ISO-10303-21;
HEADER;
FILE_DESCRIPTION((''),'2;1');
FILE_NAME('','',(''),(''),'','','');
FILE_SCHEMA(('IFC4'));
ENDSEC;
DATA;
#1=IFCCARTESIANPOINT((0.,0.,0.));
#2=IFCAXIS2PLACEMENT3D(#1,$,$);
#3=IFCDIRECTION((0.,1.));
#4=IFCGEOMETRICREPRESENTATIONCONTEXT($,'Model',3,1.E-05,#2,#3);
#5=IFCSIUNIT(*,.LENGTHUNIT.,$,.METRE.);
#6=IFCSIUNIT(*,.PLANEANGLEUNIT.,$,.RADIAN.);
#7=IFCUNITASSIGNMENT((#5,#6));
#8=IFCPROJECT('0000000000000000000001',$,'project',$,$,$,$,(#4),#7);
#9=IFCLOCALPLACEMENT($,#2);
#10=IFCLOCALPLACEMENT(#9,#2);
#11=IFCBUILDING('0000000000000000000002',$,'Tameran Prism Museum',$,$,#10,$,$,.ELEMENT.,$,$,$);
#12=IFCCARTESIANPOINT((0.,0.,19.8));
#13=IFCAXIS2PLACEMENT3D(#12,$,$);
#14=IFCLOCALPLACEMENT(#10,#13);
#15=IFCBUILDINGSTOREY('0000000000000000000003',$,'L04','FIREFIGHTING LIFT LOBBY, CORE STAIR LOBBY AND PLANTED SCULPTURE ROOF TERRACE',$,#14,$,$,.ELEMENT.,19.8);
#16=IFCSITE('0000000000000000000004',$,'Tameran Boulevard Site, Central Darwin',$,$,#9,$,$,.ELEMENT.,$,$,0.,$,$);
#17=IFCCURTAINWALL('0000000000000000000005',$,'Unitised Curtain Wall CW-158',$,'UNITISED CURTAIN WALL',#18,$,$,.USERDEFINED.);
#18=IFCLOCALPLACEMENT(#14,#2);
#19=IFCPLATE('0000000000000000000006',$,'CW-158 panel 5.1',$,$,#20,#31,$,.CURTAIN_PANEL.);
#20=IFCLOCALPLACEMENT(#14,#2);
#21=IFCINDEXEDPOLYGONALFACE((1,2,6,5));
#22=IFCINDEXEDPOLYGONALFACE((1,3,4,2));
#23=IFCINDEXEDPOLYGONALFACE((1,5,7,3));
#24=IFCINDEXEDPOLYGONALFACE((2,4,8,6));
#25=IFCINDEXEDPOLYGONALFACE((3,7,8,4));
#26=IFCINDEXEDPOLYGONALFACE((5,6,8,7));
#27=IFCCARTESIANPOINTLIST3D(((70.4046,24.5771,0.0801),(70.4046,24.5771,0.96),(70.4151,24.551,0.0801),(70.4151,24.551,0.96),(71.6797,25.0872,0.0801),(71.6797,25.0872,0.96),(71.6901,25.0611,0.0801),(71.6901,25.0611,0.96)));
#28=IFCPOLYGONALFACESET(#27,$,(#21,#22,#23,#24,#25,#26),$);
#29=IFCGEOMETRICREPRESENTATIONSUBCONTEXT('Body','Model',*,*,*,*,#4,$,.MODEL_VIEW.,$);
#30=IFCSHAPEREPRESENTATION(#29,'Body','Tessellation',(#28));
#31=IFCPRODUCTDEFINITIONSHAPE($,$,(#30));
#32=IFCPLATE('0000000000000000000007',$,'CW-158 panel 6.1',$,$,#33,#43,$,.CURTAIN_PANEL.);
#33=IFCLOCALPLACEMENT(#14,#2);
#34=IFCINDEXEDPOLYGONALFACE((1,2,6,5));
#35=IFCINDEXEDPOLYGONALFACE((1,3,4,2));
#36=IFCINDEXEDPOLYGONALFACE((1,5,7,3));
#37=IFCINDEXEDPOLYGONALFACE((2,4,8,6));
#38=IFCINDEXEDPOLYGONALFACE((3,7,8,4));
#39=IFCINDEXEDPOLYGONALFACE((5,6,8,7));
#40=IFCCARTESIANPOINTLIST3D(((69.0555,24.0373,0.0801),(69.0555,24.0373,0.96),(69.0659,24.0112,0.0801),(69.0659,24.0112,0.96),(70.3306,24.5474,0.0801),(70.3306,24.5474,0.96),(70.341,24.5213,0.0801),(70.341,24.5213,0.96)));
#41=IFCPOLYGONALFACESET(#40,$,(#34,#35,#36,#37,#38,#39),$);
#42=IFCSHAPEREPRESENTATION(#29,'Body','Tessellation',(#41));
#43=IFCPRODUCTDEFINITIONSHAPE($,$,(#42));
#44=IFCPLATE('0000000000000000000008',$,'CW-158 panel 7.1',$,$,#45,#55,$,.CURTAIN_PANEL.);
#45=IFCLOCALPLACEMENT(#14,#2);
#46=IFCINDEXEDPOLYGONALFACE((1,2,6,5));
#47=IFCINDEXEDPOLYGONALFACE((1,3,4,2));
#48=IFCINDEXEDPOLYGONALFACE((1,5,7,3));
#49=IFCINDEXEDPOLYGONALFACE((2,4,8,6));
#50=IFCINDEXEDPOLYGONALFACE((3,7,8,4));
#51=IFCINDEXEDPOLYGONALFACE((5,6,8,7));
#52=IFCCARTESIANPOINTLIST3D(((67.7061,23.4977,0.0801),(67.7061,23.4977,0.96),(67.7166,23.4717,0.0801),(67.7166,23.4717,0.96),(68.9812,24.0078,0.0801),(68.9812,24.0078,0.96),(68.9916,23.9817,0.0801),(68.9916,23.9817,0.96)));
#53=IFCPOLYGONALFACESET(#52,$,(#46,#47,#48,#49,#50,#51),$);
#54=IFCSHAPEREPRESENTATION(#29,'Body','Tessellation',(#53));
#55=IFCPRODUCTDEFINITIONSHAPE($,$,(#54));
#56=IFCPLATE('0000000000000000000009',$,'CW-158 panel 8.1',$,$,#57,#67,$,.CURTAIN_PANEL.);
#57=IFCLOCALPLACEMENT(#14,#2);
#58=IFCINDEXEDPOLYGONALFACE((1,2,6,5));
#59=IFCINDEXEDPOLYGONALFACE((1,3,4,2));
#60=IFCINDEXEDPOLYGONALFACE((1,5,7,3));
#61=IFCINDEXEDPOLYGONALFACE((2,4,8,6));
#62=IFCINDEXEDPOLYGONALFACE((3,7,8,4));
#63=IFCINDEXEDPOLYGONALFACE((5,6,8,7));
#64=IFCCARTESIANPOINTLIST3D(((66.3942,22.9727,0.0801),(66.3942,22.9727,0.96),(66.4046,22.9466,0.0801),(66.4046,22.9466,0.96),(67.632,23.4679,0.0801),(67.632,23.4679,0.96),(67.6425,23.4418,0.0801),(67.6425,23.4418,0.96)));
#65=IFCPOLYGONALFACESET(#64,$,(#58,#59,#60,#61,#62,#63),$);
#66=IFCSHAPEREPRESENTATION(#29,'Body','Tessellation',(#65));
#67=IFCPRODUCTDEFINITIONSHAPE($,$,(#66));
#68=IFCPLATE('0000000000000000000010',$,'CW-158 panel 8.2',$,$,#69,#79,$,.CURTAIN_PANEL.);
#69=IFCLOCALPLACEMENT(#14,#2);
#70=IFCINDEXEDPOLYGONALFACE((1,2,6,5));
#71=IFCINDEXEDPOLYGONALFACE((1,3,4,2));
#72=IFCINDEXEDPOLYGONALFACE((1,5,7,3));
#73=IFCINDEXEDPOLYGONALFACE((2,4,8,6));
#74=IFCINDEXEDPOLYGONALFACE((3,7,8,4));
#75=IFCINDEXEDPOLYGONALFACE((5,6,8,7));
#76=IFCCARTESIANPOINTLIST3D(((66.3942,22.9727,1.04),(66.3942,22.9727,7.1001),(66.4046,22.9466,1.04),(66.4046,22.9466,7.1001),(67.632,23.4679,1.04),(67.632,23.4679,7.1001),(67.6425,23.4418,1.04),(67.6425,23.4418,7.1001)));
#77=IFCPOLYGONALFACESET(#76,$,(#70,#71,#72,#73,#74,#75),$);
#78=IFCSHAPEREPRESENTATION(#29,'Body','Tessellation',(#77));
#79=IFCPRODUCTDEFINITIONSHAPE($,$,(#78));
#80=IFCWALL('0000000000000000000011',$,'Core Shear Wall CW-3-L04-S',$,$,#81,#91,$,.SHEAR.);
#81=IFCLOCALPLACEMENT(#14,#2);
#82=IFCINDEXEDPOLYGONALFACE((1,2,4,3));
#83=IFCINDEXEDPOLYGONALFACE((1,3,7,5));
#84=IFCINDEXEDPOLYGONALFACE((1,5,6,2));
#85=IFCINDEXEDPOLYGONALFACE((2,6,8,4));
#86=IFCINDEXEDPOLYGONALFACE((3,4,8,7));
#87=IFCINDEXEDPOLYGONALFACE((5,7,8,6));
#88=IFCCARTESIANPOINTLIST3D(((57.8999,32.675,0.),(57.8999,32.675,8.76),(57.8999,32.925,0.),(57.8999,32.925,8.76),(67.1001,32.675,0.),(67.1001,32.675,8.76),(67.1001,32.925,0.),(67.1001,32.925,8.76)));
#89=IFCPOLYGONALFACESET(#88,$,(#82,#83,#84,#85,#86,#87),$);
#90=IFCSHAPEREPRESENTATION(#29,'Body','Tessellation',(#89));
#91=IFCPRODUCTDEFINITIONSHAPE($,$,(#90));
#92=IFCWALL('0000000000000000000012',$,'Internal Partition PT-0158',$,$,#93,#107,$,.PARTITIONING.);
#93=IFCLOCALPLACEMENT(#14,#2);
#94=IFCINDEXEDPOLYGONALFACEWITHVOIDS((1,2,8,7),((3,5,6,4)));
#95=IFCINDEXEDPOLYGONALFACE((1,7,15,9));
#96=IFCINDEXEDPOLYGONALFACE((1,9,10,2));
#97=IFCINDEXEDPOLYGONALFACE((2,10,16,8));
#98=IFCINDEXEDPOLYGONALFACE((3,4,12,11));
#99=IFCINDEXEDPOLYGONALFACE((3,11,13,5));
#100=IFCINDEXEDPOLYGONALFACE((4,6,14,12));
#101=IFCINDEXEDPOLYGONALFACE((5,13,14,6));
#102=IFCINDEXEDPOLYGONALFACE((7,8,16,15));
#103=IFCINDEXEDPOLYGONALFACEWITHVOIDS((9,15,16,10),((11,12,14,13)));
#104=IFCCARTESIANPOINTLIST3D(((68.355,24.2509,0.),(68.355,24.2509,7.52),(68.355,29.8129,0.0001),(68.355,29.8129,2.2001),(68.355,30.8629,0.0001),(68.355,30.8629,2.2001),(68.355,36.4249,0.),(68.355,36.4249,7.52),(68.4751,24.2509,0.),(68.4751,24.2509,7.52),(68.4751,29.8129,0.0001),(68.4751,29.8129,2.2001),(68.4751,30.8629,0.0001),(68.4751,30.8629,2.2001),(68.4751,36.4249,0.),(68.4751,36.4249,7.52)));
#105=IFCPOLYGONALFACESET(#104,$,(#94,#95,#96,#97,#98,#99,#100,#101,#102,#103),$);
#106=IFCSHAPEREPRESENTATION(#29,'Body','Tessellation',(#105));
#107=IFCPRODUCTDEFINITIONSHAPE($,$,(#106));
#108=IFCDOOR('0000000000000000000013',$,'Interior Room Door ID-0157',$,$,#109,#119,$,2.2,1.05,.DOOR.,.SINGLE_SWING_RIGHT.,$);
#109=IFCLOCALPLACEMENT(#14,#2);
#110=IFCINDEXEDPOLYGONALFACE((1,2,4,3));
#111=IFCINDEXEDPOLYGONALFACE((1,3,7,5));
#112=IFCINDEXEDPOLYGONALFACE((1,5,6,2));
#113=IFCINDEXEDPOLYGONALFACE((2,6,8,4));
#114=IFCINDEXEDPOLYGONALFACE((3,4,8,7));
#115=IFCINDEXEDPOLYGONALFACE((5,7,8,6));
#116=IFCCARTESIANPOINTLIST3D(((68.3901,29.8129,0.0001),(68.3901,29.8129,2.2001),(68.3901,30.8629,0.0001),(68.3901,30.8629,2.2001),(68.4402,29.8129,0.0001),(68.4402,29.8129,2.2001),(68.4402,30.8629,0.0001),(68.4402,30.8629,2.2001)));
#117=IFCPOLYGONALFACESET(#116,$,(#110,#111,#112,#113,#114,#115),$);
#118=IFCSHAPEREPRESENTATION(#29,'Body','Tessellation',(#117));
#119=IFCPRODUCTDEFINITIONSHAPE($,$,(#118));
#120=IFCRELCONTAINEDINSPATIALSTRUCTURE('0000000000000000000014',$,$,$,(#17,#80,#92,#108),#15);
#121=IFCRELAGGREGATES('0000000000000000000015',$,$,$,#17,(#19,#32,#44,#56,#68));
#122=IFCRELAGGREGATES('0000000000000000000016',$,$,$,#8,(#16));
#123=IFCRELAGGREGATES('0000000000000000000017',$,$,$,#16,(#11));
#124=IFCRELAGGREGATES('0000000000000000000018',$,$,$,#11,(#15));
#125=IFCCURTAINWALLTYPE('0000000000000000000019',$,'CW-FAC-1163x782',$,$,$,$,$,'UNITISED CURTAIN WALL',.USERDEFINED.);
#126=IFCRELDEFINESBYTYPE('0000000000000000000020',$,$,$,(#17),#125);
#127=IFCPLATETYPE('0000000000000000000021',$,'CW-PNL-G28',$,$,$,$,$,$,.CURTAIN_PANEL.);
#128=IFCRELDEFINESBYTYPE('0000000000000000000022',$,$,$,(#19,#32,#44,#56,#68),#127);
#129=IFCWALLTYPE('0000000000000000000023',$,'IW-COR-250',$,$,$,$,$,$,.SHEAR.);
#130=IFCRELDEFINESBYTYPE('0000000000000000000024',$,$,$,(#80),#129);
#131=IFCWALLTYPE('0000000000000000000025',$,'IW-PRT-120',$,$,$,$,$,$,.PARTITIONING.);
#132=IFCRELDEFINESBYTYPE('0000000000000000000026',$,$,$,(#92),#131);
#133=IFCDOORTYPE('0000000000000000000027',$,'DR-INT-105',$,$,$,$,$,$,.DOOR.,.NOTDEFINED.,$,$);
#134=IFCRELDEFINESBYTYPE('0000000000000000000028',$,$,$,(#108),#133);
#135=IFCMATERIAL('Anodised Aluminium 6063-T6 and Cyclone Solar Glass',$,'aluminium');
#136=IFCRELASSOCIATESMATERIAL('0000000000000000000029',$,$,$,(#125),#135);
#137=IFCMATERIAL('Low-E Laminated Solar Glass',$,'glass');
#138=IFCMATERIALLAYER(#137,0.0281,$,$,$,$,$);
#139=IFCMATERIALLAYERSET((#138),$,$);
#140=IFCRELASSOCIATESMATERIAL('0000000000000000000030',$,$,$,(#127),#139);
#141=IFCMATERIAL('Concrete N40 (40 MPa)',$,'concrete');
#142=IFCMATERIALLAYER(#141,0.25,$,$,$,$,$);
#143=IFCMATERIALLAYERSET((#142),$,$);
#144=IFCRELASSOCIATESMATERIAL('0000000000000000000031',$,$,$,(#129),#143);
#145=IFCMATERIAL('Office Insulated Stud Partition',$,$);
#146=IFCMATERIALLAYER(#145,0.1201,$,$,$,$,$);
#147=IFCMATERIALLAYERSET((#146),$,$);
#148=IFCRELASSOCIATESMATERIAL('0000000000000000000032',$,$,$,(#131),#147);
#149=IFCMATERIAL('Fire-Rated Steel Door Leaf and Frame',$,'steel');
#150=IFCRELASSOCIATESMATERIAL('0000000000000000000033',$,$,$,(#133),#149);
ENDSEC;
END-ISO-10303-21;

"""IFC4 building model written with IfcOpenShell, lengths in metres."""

from ifc_helpers import new_model, si_unit, direction, frame, frame_2d, origin, origin_2d, place, context, subcontext, project, spatial, rectangle, extrude, material, layer, layer_set, type_object, element, fill, aggregate, save


model = new_model("IFC4")

# Units and contexts
model_context = context("Model", 3, precision=1e-05, world=origin(), true_north=direction((0.0, 1.0)))
body_context = subcontext(model_context, "Body", "Model", "MODEL_VIEW")
ifc_project = project(units=[si_unit("LENGTHUNIT", "METRE"), si_unit("PLANEANGLEUNIT", "RADIAN")], contexts=[model_context])

# Site, building, storey
site_placement = place(None, origin())
site = spatial("IfcSite", under=ifc_project, at=site_placement, Name="Tameran Boulevard Site, Central Darwin", CompositionType="ELEMENT", RefElevation=0.0)
building_placement = place(site_placement, origin())
building = spatial("IfcBuilding", under=site, at=building_placement, Name="Tameran Prism Museum", CompositionType="ELEMENT")
storey_placement = place(building_placement, frame((0.0, 0.0, 19.8)))
storey = spatial("IfcBuildingStorey", under=building, at=storey_placement, Name="L04", Description="FIREFIGHTING LIFT LOBBY, CORE STAIR LOBBY AND PLANTED SCULPTURE ROOF TERRACE", CompositionType="ELEMENT", Elevation=19.8)

# Curtain wall
ifc_material_1 = material(Name="Anodised Aluminium 6063-T6 and Cyclone Solar Glass", Category="aluminium")
curtain_wall_type_1 = type_object("IfcCurtainWallType", Name="CW-FAC-1163x782", ElementType="UNITISED CURTAIN WALL", PredefinedType="USERDEFINED", material=ifc_material_1)
curtain_wall_1_placement = place(storey_placement, origin())
curtain_wall_1 = element("IfcCurtainWall", 1, at=curtain_wall_1_placement, inside=storey, type_object=curtain_wall_type_1, Name="Unitised Curtain Wall CW-158", ObjectType="UNITISED CURTAIN WALL", PredefinedType="USERDEFINED")

# Plates
ifc_material_2 = material(Name="Low-E Laminated Solar Glass", Category="glass")
ifc_layer_1 = layer(ifc_material_2, 0.0281)
ifc_layer_set_1 = layer_set([ifc_layer_1])
plate_type = type_object("IfcPlateType", Name="CW-PNL-G28", PredefinedType="CURTAIN_PANEL", material=ifc_layer_set_1)
plate_1_placement = place(storey_placement, frame((71.0474, 24.8191, 0.0801), z_axis=(0.0, 0.0, 1.0), x_axis=(-0.928465, -0.37142, 0.0)))
plate_1 = element("IfcPlate", 2, at=plate_1_placement, type_object=plate_type, Name="CW-158 panel 5.1", PredefinedType="CURTAIN_PANEL", context=body_context, shape_type="SweptSolid", body=[
    extrude(rectangle(XDim=1.3733, YDim=0.0281, at=origin_2d()), origin(), (0.0, 0.0, 1.0), 0.8799),
])
plate_2_placement = place(storey_placement, frame((69.6982, 24.2793, 0.0801), z_axis=(0.0, 0.0, 1.0), x_axis=(-0.928465, -0.37142, 0.0)))
plate_2 = element("IfcPlate", 3, at=plate_2_placement, type_object=plate_type, Name="CW-158 panel 6.1", PredefinedType="CURTAIN_PANEL", context=body_context, shape_type="SweptSolid", body=[
    extrude(rectangle(XDim=1.3733, YDim=0.0281, at=origin_2d()), origin(), (0.0, 0.0, 1.0), 0.8799),
])
plate_3_placement = place(storey_placement, frame((68.3489, 23.7397, 0.0801), z_axis=(0.0, 0.0, 1.0), x_axis=(-0.928465, -0.37142, 0.0)))
plate_3 = element("IfcPlate", 4, at=plate_3_placement, type_object=plate_type, Name="CW-158 panel 7.1", PredefinedType="CURTAIN_PANEL", context=body_context, shape_type="SweptSolid", body=[
    extrude(rectangle(XDim=1.3733, YDim=0.0281, at=origin_2d()), origin(), (0.0, 0.0, 1.0), 0.8799),
])
plate_4_placement = place(storey_placement, frame((67.0183, 23.2073, 0.0801), z_axis=(0.0, 0.0, 1.0), x_axis=(-0.928465, -0.37142, 0.0)))
plate_4 = element("IfcPlate", 5, at=plate_4_placement, type_object=plate_type, Name="CW-158 panel 8.1", PredefinedType="CURTAIN_PANEL", context=body_context, shape_type="SweptSolid", body=[
    extrude(rectangle(XDim=1.3333, YDim=0.0281, at=origin_2d()), origin(), (0.0, 0.0, 1.0), 0.8799),
])
plate_5_placement = place(storey_placement, frame((67.0183, 23.2073, 1.04), z_axis=(0.0, 0.0, 1.0), x_axis=(-0.928465, -0.37142, 0.0)))
plate_5 = element("IfcPlate", 6, at=plate_5_placement, type_object=plate_type, Name="CW-158 panel 8.2", PredefinedType="CURTAIN_PANEL", context=body_context, shape_type="SweptSolid", body=[
    extrude(rectangle(XDim=1.3333, YDim=0.0281, at=origin_2d()), origin(), (0.0, 0.0, 1.0), 6.0601),
])
aggregate(curtain_wall_1, [plate_1, plate_2, plate_3, plate_4, plate_5])

# Wall
ifc_material_3 = material(Name="Concrete N40 (40 MPa)", Category="concrete")
ifc_layer_2 = layer(ifc_material_3, 0.25)
ifc_layer_set_2 = layer_set([ifc_layer_2])
wall_type_1 = type_object("IfcWallType", Name="IW-COR-250", PredefinedType="SHEAR", material=ifc_layer_set_2)
wall_1_placement = place(storey_placement, frame((67.1001, 32.8, 0.0), z_axis=(0.0, 0.0, 1.0), x_axis=(-1.0, 0.0, 0.0)))
element("IfcWall", 7, at=wall_1_placement, inside=storey, type_object=wall_type_1, Name="Core Shear Wall CW-3-L04-S", PredefinedType="SHEAR", context=body_context, shape_type="SweptSolid", body=[
    extrude(rectangle(XDim=9.2002, YDim=0.25, at=frame_2d((4.6001, 0.0))), origin(), (0.0, 0.0, 1.0), 8.76),
])

# Wall, opening, door
ifc_material_4 = material(Name="Office Insulated Stud Partition")
ifc_layer_3 = layer(ifc_material_4, 0.1201)
ifc_layer_set_3 = layer_set([ifc_layer_3])
wall_type_2 = type_object("IfcWallType", Name="IW-PRT-120", PredefinedType="PARTITIONING", material=ifc_layer_set_3)
wall_2_placement = place(storey_placement, frame((68.415, 24.251, 0.0), z_axis=(0.0, 0.0, 1.0), x_axis=(0.0, 1.0, 0.0)))
wall_2 = element("IfcWall", 8, at=wall_2_placement, inside=storey, type_object=wall_type_2, Name="Internal Partition PT-0158", PredefinedType="PARTITIONING", context=body_context, shape_type="SweptSolid", body=[
    extrude(rectangle(XDim=12.1741, YDim=0.1201, at=frame_2d((6.0869, 0.0))), origin(), (0.0, 0.0, 1.0), 7.52),
])
opening_placement = place(wall_2_placement, frame((5.562, 0.0, 0.0)))
opening = element("IfcOpeningElement", 9, at=opening_placement, cuts=wall_2, PredefinedType="OPENING", context=body_context, shape_type="SweptSolid", body=[
    extrude(rectangle(XDim=1.05, YDim=2.2, at=frame_2d((0.5249, 1.1001))), frame((0.0, 0.0701, 0.0), z_axis=(0.0, -1.0, 0.0), x_axis=(1.0, 0.0, 0.0)), (0.0, 0.0, 1.0), 0.1401),
])
ifc_material_5 = material(Name="Fire-Rated Steel Door Leaf and Frame", Category="steel")
door_type = type_object("IfcDoorType", Name="DR-INT-105", OperationType="NOTDEFINED", PredefinedType="DOOR", material=ifc_material_5)
door_placement = place(opening_placement, origin())
door = element("IfcDoor", 10, at=door_placement, inside=storey, type_object=door_type, Name="Interior Room Door ID-0157", OperationType="SINGLE_SWING_RIGHT", OverallHeight=2.2, OverallWidth=1.05, PredefinedType="DOOR", context=body_context, shape_type="SweptSolid", body=[
    extrude(rectangle(XDim=1.05, YDim=2.2, at=frame_2d((0.5249, 1.1001))), frame((0.0, 0.0249, 0.0), z_axis=(0.0, -1.0, 0.0), x_axis=(1.0, 0.0, 0.0)), (0.0, 0.0, 1.0), 0.05),
])
fill(opening, door)

save(model, "model.ifc")
